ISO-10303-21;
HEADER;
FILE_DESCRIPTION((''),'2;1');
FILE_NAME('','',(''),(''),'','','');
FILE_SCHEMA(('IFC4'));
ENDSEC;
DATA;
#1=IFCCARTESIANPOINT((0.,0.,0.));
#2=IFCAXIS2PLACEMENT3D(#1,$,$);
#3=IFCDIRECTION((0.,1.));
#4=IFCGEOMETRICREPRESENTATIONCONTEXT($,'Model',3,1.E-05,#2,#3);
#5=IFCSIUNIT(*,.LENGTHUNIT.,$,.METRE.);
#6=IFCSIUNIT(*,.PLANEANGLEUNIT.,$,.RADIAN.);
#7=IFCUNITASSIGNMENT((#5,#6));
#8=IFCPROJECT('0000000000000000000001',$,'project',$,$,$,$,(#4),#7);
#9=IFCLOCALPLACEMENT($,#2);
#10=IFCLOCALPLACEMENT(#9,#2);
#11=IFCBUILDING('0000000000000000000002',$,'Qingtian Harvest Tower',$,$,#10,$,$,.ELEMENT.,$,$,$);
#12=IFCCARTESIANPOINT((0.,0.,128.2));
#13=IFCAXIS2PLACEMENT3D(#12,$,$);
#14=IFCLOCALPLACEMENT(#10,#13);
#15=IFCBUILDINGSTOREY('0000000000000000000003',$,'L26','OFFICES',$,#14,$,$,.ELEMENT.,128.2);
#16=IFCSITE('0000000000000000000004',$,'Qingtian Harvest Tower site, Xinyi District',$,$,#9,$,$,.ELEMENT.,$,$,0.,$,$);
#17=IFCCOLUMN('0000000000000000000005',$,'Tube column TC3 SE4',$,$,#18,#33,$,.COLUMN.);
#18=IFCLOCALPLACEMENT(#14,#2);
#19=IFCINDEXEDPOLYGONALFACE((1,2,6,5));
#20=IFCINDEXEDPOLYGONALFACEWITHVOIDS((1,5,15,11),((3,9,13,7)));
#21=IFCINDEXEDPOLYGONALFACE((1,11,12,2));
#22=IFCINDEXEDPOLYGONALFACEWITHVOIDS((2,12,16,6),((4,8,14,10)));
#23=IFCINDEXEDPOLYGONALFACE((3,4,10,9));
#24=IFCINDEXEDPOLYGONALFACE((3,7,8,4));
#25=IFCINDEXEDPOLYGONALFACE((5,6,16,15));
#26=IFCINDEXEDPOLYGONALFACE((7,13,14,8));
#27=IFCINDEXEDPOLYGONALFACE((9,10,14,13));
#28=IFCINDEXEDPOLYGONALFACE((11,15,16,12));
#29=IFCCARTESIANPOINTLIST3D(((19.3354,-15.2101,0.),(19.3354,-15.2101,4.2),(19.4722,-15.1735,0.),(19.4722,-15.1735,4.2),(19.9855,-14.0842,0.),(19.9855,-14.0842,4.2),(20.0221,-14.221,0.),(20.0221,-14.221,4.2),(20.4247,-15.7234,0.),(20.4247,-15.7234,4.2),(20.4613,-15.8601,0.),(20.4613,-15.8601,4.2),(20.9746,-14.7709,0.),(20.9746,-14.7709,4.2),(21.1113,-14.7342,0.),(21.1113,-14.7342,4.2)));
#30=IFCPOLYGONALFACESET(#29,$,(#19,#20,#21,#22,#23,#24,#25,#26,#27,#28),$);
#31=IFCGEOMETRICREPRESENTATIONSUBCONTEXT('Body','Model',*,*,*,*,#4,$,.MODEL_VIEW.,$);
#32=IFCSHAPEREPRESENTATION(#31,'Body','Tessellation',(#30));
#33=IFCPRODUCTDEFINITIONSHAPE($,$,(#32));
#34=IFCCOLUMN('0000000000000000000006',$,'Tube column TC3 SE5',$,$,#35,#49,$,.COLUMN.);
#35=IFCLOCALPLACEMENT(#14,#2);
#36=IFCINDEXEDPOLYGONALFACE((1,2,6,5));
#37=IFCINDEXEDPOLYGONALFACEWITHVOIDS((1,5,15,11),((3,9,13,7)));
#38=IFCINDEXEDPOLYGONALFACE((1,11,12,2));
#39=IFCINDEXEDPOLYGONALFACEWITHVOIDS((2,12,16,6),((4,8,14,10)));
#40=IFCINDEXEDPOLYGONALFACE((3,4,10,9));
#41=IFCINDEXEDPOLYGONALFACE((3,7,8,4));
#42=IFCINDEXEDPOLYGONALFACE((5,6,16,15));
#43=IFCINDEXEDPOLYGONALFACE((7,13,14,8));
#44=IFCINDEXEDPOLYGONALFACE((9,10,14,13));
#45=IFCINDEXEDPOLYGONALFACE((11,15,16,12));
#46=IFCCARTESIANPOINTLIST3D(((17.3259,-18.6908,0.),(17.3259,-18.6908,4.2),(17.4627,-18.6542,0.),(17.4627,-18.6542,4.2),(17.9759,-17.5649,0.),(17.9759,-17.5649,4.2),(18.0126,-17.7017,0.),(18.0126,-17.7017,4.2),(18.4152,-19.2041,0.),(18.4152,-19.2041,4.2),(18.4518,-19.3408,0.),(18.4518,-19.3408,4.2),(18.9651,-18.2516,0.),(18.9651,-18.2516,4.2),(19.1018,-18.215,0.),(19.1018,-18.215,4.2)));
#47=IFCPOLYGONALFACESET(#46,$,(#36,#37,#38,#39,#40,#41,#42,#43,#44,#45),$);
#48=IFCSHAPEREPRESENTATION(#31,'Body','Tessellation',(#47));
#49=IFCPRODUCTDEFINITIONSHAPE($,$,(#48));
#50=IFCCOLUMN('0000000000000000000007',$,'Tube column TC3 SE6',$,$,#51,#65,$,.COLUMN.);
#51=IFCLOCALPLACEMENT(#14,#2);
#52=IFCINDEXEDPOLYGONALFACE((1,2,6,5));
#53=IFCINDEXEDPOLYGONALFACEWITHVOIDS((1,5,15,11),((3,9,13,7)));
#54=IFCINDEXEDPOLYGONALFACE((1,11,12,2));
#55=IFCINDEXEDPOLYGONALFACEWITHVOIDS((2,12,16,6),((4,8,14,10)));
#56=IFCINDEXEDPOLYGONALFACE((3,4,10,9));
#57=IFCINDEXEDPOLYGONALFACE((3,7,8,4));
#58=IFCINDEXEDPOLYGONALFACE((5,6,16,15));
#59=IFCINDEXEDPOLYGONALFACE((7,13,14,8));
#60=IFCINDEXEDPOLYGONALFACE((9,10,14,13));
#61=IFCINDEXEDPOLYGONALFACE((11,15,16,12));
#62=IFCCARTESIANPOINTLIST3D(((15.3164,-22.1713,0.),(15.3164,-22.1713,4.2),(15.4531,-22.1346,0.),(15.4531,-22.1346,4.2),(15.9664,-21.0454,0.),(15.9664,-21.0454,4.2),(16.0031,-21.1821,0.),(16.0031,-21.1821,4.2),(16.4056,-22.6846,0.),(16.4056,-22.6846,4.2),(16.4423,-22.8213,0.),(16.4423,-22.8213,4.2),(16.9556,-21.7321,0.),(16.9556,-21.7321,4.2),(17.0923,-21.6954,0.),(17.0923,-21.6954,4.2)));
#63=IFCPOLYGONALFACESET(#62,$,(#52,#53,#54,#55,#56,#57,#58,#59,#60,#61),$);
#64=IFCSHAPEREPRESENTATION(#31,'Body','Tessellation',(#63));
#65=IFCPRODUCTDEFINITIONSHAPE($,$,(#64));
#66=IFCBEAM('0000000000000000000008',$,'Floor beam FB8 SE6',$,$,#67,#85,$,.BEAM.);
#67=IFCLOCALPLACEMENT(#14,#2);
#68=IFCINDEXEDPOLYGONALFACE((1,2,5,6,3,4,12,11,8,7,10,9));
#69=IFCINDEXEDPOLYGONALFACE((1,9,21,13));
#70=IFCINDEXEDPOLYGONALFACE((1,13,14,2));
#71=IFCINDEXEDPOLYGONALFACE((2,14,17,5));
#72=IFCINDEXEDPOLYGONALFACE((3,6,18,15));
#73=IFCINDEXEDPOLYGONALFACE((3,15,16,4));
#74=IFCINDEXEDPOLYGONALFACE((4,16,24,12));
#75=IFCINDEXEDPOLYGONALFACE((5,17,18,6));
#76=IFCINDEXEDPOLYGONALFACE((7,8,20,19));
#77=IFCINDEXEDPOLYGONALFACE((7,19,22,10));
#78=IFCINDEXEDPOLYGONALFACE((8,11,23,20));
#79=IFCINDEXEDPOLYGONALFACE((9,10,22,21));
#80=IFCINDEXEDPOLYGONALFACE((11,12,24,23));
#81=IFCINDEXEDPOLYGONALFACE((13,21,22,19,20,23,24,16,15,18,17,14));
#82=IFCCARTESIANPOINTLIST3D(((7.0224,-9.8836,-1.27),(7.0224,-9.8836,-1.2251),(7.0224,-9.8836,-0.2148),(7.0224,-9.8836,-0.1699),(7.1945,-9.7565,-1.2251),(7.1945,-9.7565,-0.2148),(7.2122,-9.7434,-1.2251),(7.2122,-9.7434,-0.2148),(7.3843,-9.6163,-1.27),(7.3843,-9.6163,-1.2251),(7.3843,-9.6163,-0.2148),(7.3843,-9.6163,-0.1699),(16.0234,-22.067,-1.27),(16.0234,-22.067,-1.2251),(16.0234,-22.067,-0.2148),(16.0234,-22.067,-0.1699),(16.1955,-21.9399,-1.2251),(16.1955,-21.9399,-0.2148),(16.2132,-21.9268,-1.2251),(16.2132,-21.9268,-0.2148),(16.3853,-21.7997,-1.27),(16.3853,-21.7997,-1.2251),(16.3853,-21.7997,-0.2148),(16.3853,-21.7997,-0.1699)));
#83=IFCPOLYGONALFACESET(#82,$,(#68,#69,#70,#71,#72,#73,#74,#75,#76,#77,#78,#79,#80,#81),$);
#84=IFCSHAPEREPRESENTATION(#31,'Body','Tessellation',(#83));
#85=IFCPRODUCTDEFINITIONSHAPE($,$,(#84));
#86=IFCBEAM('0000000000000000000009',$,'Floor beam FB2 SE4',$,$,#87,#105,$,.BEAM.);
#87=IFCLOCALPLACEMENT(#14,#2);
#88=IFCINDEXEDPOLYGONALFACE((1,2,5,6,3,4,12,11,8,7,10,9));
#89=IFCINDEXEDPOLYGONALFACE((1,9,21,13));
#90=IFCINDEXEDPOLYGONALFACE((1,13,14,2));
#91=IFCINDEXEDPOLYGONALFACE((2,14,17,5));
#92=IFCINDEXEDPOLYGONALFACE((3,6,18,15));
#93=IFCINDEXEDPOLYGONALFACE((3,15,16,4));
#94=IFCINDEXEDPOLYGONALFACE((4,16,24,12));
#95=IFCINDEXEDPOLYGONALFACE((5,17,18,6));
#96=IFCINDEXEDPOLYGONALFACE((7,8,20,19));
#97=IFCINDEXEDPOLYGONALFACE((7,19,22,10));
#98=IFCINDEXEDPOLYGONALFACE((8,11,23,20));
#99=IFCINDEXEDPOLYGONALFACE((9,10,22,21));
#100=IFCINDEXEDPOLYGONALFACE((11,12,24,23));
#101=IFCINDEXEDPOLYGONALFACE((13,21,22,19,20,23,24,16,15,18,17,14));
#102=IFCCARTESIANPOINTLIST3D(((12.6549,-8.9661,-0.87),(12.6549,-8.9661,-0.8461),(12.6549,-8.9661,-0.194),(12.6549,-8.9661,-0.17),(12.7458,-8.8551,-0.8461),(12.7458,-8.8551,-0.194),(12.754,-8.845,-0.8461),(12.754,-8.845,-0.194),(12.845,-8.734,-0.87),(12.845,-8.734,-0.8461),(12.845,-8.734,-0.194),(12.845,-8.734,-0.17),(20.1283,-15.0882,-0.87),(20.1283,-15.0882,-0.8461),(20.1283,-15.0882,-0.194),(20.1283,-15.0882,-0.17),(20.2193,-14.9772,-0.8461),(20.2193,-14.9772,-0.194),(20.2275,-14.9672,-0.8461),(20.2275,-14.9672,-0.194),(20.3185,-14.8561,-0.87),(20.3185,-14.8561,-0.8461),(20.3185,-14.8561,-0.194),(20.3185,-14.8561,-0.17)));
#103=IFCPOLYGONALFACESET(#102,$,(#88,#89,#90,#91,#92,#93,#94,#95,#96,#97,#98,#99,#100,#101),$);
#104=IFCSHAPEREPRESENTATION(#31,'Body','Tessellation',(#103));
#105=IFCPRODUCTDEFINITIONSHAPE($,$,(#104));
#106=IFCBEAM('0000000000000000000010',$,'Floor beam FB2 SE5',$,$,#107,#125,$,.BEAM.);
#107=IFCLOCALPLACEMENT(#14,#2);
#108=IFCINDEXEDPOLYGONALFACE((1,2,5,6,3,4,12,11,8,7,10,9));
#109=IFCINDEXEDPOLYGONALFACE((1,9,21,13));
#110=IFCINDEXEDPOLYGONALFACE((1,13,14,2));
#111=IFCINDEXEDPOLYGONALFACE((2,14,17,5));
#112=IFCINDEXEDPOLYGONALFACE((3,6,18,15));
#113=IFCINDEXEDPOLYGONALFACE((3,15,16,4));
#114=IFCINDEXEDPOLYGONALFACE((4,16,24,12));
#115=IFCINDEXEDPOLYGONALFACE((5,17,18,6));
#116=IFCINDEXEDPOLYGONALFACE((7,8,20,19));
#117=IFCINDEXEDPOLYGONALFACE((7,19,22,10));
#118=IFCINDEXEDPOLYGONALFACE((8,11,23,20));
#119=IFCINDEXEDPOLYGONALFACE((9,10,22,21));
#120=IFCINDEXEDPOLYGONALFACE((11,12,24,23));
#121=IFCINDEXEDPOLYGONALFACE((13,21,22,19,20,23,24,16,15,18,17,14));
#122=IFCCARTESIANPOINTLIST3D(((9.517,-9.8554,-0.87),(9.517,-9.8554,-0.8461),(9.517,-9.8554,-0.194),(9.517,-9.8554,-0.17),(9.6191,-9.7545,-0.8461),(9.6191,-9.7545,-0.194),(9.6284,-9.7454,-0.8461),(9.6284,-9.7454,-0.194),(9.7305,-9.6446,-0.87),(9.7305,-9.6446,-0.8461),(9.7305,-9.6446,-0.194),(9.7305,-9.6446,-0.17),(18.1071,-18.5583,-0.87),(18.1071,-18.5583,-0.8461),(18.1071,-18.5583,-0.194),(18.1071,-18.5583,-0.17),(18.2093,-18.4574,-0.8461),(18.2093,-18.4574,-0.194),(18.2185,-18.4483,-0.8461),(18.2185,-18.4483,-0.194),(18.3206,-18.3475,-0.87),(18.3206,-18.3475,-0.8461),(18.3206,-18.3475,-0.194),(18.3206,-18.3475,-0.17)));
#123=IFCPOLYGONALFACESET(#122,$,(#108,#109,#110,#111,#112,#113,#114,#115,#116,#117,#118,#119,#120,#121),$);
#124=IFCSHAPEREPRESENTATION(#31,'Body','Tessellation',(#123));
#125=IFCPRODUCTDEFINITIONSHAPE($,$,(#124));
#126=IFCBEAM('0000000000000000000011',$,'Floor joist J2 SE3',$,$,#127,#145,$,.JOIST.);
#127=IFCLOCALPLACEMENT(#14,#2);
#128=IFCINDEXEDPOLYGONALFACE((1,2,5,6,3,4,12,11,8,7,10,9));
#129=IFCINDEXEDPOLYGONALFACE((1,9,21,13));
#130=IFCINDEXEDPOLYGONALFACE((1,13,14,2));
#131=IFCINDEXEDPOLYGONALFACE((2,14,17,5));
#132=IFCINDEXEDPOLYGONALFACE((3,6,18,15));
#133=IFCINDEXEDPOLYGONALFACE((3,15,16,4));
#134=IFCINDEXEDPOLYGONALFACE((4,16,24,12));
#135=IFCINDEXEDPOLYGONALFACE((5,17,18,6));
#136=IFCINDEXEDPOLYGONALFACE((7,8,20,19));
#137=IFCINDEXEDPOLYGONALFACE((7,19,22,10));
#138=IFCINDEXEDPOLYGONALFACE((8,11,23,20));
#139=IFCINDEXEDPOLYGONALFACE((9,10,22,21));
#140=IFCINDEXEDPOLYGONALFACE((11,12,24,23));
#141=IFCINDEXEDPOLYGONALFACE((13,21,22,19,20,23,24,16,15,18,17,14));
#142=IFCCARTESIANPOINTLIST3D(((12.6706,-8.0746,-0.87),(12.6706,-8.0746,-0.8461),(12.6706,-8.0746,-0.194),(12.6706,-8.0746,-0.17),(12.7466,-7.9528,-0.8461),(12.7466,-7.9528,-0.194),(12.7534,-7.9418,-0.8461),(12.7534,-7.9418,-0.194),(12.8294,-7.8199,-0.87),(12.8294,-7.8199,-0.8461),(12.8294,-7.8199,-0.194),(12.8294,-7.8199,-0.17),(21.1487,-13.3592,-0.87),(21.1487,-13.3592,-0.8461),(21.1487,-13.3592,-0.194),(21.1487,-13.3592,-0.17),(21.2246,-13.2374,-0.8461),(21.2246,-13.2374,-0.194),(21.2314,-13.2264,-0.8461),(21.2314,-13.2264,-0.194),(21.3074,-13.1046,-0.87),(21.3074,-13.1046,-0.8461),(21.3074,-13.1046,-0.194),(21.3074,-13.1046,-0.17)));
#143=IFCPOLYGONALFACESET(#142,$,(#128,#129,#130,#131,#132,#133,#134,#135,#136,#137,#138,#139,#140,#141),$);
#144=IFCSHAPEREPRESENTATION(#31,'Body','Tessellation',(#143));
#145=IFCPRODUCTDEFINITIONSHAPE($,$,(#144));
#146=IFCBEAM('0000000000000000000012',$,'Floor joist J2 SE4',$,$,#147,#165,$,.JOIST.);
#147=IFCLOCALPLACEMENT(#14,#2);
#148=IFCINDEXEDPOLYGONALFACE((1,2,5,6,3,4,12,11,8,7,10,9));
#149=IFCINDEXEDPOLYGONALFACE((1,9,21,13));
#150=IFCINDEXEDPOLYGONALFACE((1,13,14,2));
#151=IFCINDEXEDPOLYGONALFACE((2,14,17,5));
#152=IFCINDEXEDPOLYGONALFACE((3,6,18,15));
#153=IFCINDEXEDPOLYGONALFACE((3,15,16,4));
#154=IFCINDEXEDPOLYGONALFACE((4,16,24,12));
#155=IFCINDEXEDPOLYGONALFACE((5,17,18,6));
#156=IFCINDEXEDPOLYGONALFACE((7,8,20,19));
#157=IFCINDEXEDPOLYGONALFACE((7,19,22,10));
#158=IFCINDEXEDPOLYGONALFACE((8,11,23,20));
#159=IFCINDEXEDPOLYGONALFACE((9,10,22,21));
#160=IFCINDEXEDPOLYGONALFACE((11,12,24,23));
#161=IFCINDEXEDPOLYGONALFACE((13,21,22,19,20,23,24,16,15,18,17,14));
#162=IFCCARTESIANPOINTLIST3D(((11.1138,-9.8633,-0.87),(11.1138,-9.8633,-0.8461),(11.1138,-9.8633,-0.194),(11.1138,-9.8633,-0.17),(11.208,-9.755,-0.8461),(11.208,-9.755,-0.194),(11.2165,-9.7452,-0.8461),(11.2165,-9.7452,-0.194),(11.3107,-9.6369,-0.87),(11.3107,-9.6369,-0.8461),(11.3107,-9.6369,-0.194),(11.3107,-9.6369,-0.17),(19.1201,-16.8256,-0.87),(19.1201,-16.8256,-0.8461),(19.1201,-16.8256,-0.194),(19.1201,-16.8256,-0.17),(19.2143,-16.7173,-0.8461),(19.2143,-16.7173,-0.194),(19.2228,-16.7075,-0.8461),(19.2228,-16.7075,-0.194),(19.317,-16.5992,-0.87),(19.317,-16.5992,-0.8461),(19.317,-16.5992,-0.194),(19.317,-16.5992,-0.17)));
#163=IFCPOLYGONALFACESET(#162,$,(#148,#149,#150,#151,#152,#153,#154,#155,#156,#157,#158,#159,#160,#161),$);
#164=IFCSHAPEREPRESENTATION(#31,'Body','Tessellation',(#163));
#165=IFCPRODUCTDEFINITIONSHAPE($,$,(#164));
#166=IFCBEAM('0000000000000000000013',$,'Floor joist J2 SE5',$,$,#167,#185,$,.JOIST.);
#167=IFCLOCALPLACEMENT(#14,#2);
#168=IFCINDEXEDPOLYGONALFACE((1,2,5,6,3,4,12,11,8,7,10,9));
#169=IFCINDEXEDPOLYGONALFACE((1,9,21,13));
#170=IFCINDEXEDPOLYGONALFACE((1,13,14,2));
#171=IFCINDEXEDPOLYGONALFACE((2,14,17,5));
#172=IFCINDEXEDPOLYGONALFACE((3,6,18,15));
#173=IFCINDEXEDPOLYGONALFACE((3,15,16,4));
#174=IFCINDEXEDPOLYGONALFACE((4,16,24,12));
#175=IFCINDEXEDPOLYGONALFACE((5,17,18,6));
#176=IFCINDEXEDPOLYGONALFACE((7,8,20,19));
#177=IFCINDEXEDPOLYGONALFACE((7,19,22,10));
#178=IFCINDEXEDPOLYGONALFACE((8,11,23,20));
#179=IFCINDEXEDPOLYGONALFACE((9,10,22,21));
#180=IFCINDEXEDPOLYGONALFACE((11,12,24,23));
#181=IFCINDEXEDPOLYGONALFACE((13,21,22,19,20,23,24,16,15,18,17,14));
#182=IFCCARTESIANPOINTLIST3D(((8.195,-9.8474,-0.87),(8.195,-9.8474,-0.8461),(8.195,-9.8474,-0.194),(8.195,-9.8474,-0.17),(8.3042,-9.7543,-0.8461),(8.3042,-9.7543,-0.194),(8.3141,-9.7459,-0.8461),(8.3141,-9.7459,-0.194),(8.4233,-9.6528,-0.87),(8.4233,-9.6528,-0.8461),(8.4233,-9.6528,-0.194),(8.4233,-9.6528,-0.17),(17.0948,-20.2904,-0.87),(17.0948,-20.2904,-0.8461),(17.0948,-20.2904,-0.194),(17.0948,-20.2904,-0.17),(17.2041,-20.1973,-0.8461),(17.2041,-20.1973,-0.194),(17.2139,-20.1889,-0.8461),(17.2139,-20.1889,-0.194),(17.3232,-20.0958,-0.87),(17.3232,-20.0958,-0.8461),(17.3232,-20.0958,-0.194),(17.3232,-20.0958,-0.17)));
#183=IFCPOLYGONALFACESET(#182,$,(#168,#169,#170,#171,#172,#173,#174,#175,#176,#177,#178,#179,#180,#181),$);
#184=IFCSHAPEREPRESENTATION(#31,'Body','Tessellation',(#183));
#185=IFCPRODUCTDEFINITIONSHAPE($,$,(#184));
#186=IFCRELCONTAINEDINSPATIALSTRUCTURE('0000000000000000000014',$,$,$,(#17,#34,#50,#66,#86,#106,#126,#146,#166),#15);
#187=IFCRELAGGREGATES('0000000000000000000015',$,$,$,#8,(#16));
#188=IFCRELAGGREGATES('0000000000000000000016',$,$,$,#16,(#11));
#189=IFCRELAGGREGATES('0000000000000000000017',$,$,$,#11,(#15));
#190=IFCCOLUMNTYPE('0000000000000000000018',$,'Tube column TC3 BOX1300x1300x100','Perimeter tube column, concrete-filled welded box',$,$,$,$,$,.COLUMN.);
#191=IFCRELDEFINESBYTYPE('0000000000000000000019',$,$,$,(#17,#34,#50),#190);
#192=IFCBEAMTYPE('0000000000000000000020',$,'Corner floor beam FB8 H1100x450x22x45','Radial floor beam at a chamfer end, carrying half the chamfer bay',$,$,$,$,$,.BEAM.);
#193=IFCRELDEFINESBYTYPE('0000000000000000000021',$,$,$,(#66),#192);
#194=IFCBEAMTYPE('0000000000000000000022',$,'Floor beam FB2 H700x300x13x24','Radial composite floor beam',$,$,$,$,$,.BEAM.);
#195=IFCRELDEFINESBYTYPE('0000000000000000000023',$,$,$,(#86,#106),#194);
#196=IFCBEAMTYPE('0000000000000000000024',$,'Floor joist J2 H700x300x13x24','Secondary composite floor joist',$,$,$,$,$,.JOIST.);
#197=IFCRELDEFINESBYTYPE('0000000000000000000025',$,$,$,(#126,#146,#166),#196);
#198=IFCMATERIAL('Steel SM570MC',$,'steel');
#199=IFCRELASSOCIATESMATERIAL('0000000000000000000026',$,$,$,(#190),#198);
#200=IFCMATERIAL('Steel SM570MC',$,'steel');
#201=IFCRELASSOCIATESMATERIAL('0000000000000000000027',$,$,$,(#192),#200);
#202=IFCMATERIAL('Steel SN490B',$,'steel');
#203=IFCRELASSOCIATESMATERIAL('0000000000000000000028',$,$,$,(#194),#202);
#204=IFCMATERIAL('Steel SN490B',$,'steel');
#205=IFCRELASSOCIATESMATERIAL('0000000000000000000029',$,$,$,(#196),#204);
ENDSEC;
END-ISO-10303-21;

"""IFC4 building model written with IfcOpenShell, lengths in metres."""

from ifc_helpers import new_model, si_unit, direction, frame, origin, origin_2d, place, context, subcontext, project, spatial, hollow_rectangle, i_section, extrude, material, material_profile, profile_set, type_object, element, save


model = new_model("IFC4")

# Units and contexts
model_context = context("Model", 3, precision=1e-05, world=origin(), true_north=direction((0.0, 1.0)))
body_context = subcontext(model_context, "Body", "Model", "MODEL_VIEW")
ifc_project = project(units=[si_unit("LENGTHUNIT", "METRE"), si_unit("PLANEANGLEUNIT", "RADIAN")], contexts=[model_context])

# Site, building, storey
site_placement = place(None, origin())
site = spatial("IfcSite", under=ifc_project, at=site_placement, Name="Qingtian Harvest Tower site, Xinyi District", CompositionType="ELEMENT", RefElevation=0.0)
building_placement = place(site_placement, origin())
building = spatial("IfcBuilding", under=site, at=building_placement, Name="Qingtian Harvest Tower", CompositionType="ELEMENT")
storey_placement = place(building_placement, frame((0.0, 0.0, 128.2)))
storey = spatial("IfcBuildingStorey", under=building, at=storey_placement, Name="L26", Description="OFFICES", CompositionType="ELEMENT", Elevation=128.2)

# Columns
ifc_material_1 = material(Name="Steel SM570MC", Category="steel")
ifc_material_profile_1 = material_profile(ifc_material_1, hollow_rectangle(XDim=1.3, YDim=1.3, WallThickness=0.1001, at=origin_2d()), Name="BOX1300x1300x100")
ifc_profile_set_1 = profile_set([ifc_material_profile_1], Name="Steel SM570MC")
column_type = type_object("IfcColumnType", Name="Tube column TC3 BOX1300x1300x100", Description="Perimeter tube column, concrete-filled welded box", PredefinedType="COLUMN", material=ifc_profile_set_1)
for number, where, z_axis, x_axis, name in (
    (1, (20.2234, -14.9722, 0.0), (0.0, 0.0, 1.0), (0.5, 0.866025, 0.0), "Tube column TC3 SE4"),
    (2, (18.2139, -18.4529, 0.0), (0.0, 0.0, 1.0), (0.5, 0.866025, 0.0), "Tube column TC3 SE5"),
    (3, (16.2043, -21.9333, 0.0), (0.0, 0.0, 1.0), (0.5, 0.866025, 0.0), "Tube column TC3 SE6"),
):
    element("IfcColumn", number, at=place(storey_placement, frame(where, z_axis=z_axis, x_axis=x_axis)), inside=storey, type_object=column_type, Name=name, PredefinedType="COLUMN", context=body_context, shape_type="SweptSolid", body=[
        extrude(hollow_rectangle(XDim=1.3, YDim=1.3, WallThickness=0.1001, at=origin_2d()), origin(), (0.0, 0.0, 1.0), 4.2),
    ])

# Beams
ifc_material_2 = material(Name="Steel SM570MC", Category="steel")
ifc_material_profile_2 = material_profile(ifc_material_2, i_section(OverallWidth=0.45, OverallDepth=1.1001, WebThickness=0.022, FlangeThickness=0.0449, at=origin_2d()), Name="H1100x450x22x45")
ifc_profile_set_2 = profile_set([ifc_material_profile_2], Name="Steel SM570MC")
beam_type_1 = type_object("IfcBeamType", Name="Corner floor beam FB8 H1100x450x22x45", Description="Radial floor beam at a chamfer end, carrying half the chamfer bay", PredefinedType="BEAM", material=ifc_profile_set_2)
beam_1_placement = place(storey_placement, frame((16.2043, -21.9333, -0.72), z_axis=(-0.594216, 0.804306, 0.0), x_axis=(-0.804306, -0.594216, 0.0)))
element("IfcBeam", 4, at=beam_1_placement, inside=storey, type_object=beam_type_1, Name="Floor beam FB8 SE6", PredefinedType="BEAM", context=body_context, shape_type="SweptSolid", body=[
    extrude(i_section(OverallWidth=0.45, OverallDepth=1.1001, WebThickness=0.022, FlangeThickness=0.0449, at=origin_2d()), origin(), (0.0, 0.0, 1.0), 15.1477),
])
ifc_material_3 = material(Name="Steel SN490B", Category="steel")
ifc_material_profile_3 = material_profile(ifc_material_3, i_section(OverallWidth=0.3, OverallDepth=0.7, WebThickness=0.0129, FlangeThickness=0.0239, at=origin_2d()), Name="H700x300x13x24")
ifc_profile_set_3 = profile_set([ifc_material_profile_3], Name="Steel SN490B")
beam_type_2 = type_object("IfcBeamType", Name="Floor beam FB2 H700x300x13x24", Description="Radial composite floor beam", PredefinedType="BEAM", material=ifc_profile_set_3)
beam_2_placement = place(storey_placement, frame((20.2234, -14.9722, -0.52), z_axis=(-0.773578, 0.633701, 0.0), x_axis=(-0.633701, -0.773578, 0.0)))
element("IfcBeam", 5, at=beam_2_placement, inside=storey, type_object=beam_type_2, Name="Floor beam FB2 SE4", PredefinedType="BEAM", context=body_context, shape_type="SweptSolid", body=[
    extrude(i_section(OverallWidth=0.3, OverallDepth=0.7, WebThickness=0.0129, FlangeThickness=0.0239, at=origin_2d()), origin(), (0.0, 0.0, 1.0), 9.6609),
])
beam_3_placement = place(storey_placement, frame((18.2139, -18.4529, -0.52), z_axis=(-0.70248, 0.711704, 0.0), x_axis=(-0.711704, -0.70248, 0.0)))
element("IfcBeam", 6, at=beam_3_placement, inside=storey, type_object=beam_type_2, Name="Floor beam FB2 SE5", PredefinedType="BEAM", context=body_context, shape_type="SweptSolid", body=[
    extrude(i_section(OverallWidth=0.3, OverallDepth=0.7, WebThickness=0.0129, FlangeThickness=0.0239, at=origin_2d()), origin(), (0.0, 0.0, 1.0), 12.2283),
])
ifc_material_4 = material(Name="Steel SN490B", Category="steel")
ifc_material_profile_4 = material_profile(ifc_material_4, i_section(OverallWidth=0.3, OverallDepth=0.7, WebThickness=0.0129, FlangeThickness=0.0239, at=origin_2d()), Name="H700x300x13x24")
ifc_profile_set_4 = profile_set([ifc_material_profile_4], Name="Steel SN490B")
beam_type_3 = type_object("IfcBeamType", Name="Floor joist J2 H700x300x13x24", Description="Secondary composite floor joist", PredefinedType="JOIST", material=ifc_profile_set_4)
beam_4_placement = place(storey_placement, frame((21.228, -13.2319, -0.52), z_axis=(-0.848632, 0.528984, 0.0), x_axis=(-0.528984, -0.848632, 0.0)))
element("IfcBeam", 7, at=beam_4_placement, inside=storey, type_object=beam_type_3, Name="Floor joist J2 SE3", PredefinedType="JOIST", context=body_context, shape_type="SweptSolid", body=[
    extrude(i_section(OverallWidth=0.3, OverallDepth=0.7, WebThickness=0.0129, FlangeThickness=0.0239, at=origin_2d()), origin(), (0.0, 0.0, 1.0), 9.9902),
])
beam_5_placement = place(storey_placement, frame((19.2185, -16.7124, -0.52), z_axis=(-0.754589, 0.656198, 0.0), x_axis=(-0.656198, -0.754589, 0.0)))
element("IfcBeam", 8, at=beam_5_placement, inside=storey, type_object=beam_type_3, Name="Floor joist J2 SE4", PredefinedType="JOIST", context=body_context, shape_type="SweptSolid", body=[
    extrude(i_section(OverallWidth=0.3, OverallDepth=0.7, WebThickness=0.0129, FlangeThickness=0.0239, at=origin_2d()), origin(), (0.0, 0.0, 1.0), 10.6101),
])
beam_6_placement = place(storey_placement, frame((17.209, -20.1931, -0.52), z_axis=(-0.648632, 0.761102, 0.0), x_axis=(-0.761102, -0.648632, 0.0)))
element("IfcBeam", 9, at=beam_6_placement, inside=storey, type_object=beam_type_3, Name="Floor joist J2 SE5", PredefinedType="JOIST", context=body_context, shape_type="SweptSolid", body=[
    extrude(i_section(OverallWidth=0.3, OverallDepth=0.7, WebThickness=0.0129, FlangeThickness=0.0239, at=origin_2d()), origin(), (0.0, 0.0, 1.0), 13.7209),
])

save(model, "model.ifc")
